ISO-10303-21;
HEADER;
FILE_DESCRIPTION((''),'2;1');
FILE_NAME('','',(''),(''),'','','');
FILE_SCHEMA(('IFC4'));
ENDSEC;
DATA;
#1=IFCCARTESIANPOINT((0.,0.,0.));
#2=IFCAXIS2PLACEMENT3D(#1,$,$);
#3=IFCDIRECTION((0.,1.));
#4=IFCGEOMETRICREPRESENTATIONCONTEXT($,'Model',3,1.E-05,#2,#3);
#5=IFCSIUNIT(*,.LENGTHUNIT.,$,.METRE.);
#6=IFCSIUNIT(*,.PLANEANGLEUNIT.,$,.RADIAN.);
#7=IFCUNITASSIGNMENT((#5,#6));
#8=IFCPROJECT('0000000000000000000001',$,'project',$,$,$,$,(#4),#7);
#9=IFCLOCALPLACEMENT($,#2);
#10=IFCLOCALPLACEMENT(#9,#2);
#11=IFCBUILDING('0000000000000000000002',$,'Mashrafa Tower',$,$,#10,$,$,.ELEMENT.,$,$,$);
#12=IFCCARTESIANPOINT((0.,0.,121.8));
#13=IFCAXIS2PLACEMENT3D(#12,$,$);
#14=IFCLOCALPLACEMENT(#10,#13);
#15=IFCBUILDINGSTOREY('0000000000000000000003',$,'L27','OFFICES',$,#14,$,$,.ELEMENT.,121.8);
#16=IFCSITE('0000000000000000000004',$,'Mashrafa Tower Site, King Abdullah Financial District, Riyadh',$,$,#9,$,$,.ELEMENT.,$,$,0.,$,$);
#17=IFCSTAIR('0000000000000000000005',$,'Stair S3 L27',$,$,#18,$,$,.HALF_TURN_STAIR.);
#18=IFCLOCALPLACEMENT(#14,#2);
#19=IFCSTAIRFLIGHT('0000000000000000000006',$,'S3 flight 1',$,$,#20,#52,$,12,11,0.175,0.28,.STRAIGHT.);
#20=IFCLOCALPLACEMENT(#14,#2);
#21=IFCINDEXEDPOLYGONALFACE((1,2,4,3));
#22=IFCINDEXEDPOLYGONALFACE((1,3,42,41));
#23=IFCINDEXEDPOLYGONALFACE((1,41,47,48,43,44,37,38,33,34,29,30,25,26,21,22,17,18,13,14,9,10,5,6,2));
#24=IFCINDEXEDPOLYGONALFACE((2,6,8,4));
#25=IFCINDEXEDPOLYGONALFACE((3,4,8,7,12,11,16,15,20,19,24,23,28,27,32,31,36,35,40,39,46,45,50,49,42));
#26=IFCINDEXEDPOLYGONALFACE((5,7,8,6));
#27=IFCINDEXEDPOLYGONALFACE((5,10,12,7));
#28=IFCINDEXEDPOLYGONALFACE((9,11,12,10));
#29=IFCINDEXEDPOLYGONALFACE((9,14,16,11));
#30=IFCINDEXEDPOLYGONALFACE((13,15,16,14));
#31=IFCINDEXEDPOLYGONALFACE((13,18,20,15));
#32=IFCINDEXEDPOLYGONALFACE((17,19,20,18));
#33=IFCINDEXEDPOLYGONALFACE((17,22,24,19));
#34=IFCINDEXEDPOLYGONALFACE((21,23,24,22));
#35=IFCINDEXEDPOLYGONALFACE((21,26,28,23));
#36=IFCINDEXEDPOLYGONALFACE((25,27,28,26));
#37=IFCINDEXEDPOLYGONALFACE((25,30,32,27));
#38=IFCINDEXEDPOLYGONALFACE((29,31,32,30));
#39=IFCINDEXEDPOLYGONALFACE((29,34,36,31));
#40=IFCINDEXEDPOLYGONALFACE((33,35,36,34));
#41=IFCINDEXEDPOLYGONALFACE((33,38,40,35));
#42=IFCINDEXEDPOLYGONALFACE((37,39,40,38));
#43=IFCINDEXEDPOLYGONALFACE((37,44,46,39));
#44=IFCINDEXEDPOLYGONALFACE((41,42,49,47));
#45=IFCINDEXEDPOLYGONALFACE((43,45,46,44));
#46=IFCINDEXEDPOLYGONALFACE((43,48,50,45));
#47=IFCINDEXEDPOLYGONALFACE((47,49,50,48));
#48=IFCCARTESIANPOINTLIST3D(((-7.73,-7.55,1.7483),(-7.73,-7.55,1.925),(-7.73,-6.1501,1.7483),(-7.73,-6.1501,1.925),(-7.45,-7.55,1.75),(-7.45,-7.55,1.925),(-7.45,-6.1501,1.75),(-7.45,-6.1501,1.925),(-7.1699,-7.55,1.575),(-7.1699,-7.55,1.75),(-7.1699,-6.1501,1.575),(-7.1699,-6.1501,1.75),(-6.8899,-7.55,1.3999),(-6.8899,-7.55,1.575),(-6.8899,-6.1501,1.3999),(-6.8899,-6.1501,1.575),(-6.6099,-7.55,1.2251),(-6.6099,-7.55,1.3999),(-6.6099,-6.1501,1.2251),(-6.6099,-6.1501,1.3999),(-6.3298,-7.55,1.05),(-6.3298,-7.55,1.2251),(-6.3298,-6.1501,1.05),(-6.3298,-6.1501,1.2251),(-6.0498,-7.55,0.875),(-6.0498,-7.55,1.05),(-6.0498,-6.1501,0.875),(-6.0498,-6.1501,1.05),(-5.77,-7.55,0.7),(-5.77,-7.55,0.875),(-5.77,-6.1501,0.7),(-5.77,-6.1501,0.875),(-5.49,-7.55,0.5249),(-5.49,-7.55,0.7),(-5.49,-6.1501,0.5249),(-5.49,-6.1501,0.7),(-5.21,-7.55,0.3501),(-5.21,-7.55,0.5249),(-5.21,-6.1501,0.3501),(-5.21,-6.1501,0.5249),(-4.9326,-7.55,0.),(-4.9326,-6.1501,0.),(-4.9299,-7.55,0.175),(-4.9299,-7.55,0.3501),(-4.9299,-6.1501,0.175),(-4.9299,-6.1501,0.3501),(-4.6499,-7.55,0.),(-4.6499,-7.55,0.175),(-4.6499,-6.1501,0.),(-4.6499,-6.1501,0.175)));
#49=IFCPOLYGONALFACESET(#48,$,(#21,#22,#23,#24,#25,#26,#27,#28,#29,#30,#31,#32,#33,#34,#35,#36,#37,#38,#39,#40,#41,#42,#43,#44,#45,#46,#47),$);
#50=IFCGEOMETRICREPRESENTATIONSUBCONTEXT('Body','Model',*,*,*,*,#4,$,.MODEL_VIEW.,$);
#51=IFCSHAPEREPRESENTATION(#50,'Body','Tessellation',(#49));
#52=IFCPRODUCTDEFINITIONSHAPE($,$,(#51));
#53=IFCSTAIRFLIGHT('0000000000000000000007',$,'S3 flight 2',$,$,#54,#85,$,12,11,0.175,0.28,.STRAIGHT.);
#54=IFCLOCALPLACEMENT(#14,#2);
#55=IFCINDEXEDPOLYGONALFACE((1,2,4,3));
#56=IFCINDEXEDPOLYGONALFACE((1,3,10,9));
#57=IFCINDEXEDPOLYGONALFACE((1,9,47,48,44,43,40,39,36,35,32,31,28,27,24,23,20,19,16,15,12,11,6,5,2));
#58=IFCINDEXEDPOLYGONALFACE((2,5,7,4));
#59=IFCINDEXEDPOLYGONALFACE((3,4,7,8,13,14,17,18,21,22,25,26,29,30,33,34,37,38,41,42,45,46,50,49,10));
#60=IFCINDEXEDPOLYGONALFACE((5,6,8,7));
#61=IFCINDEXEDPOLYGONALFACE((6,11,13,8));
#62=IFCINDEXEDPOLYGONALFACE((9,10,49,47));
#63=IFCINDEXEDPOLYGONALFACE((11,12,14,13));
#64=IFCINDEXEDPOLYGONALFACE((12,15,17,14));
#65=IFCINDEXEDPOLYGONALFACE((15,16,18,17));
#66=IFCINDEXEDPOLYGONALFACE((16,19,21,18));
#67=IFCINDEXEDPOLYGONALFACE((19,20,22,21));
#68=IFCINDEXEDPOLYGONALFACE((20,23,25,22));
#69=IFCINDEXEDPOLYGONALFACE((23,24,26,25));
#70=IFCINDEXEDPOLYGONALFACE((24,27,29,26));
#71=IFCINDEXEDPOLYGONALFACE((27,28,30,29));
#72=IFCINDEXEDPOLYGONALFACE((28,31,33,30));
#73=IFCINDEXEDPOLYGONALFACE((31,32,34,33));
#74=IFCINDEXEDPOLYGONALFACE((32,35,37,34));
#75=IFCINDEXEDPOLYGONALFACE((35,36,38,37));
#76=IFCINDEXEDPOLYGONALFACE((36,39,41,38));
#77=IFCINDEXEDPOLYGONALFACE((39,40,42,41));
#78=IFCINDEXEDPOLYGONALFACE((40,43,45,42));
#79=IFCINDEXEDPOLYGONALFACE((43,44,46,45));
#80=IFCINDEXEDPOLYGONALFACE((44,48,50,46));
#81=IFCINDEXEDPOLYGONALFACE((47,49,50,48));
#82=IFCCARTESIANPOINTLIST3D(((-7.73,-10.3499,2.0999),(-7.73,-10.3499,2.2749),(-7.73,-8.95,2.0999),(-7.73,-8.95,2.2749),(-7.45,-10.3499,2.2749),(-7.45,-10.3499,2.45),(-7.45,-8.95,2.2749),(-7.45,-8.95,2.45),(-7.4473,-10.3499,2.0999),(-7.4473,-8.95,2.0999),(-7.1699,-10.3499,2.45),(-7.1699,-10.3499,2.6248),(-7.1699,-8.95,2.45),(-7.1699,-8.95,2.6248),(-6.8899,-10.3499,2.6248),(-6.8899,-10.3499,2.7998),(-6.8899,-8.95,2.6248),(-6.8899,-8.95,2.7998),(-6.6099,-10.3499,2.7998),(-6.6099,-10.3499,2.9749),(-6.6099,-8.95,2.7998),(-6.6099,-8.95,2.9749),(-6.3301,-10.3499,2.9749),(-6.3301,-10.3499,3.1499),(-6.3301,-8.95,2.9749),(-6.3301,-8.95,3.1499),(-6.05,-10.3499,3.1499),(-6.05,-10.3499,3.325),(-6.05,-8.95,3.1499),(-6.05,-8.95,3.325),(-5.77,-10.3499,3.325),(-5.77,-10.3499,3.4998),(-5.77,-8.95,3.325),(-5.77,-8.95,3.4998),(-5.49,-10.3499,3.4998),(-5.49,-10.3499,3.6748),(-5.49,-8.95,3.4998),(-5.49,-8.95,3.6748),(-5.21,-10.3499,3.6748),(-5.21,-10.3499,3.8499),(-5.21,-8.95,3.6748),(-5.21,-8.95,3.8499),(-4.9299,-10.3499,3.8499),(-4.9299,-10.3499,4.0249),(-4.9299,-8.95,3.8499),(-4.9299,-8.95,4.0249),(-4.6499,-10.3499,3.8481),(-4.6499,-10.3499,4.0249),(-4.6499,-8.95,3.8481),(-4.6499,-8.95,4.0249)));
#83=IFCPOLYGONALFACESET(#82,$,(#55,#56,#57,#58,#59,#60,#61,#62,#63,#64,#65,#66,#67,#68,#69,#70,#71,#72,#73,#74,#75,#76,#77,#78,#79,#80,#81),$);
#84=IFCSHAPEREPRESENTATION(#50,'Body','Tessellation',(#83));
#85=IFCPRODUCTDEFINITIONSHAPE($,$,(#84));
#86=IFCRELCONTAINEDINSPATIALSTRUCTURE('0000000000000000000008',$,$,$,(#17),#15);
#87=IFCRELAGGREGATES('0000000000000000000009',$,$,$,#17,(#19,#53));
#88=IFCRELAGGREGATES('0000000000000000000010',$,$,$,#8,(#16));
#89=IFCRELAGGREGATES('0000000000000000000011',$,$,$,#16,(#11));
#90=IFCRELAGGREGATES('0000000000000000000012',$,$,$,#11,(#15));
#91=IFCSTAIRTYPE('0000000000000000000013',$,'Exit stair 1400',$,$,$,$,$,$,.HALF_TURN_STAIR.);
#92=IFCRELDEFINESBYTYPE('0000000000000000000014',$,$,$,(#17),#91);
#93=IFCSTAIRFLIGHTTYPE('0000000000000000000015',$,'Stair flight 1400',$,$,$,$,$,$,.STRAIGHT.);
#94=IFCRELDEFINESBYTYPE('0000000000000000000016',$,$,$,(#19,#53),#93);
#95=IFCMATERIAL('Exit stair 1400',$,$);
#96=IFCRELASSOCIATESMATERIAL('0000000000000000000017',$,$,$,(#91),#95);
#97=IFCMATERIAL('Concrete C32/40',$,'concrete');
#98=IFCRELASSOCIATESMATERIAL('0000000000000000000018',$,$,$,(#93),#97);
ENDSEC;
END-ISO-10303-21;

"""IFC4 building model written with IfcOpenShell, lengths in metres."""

from ifc_helpers import new_model, si_unit, direction, frame, origin, place, context, subcontext, project, spatial, polyline, outline, extrude, material, type_object, element, aggregate, save


model = new_model("IFC4")

# Units and contexts
model_context = context("Model", 3, precision=1e-05, world=origin(), true_north=direction((0.0, 1.0)))
body_context = subcontext(model_context, "Body", "Model", "MODEL_VIEW")
ifc_project = project(units=[si_unit("LENGTHUNIT", "METRE"), si_unit("PLANEANGLEUNIT", "RADIAN")], contexts=[model_context])

# Site, building, storey
site_placement = place(None, origin())
site = spatial("IfcSite", under=ifc_project, at=site_placement, Name="Mashrafa Tower Site, King Abdullah Financial District, Riyadh", CompositionType="ELEMENT", RefElevation=0.0)
building_placement = place(site_placement, origin())
building = spatial("IfcBuilding", under=site, at=building_placement, Name="Mashrafa Tower", CompositionType="ELEMENT")
storey_placement = place(building_placement, frame((0.0, 0.0, 121.8)))
storey = spatial("IfcBuildingStorey", under=building, at=storey_placement, Name="L27", Description="OFFICES", CompositionType="ELEMENT", Elevation=121.8)

# Stair, stair flights
ifc_material_1 = material(Name="Exit stair 1400")
stair_type = type_object("IfcStairType", Name="Exit stair 1400", PredefinedType="HALF_TURN_STAIR", material=ifc_material_1)
stair_placement = place(storey_placement, origin())
stair = element("IfcStair", 1, at=stair_placement, inside=storey, type_object=stair_type, Name="Stair S3 L27", PredefinedType="HALF_TURN_STAIR")
ifc_material_2 = material(Name="Concrete C32/40", Category="concrete")
stair_flight_type = type_object("IfcStairFlightType", Name="Stair flight 1400", PredefinedType="STRAIGHT", material=ifc_material_2)
stair_flight_1_placement = place(storey_placement, frame((-4.6499, -6.8501, 0.0), z_axis=(0.0, 0.0, 1.0), x_axis=(-1.0, 0.0, 0.0)))
stair_flight_1 = element("IfcStairFlight", 2, at=stair_flight_1_placement, type_object=stair_flight_type, Name="S3 flight 1", NumberOfRisers=12, NumberOfTreads=11, PredefinedType="STRAIGHT", RiserHeight=0.175, TreadLength=0.28, context=body_context, shape_type="SweptSolid", body=[
    extrude(outline(polyline([(0.0, 0.0), (0.0, 0.175), (0.28, 0.175), (0.28, 0.3501), (0.5601, 0.3501), (0.5601, 0.5249), (0.8401, 0.5249), (0.8401, 0.7), (1.1201, 0.7), (1.1201, 0.875), (1.3999, 0.875), (1.3999, 1.05), (1.6799, 1.05), (1.6799, 1.2251), (1.96, 1.2251), (1.96, 1.3999), (2.24, 1.3999), (2.24, 1.575), (2.52, 1.575), (2.52, 1.75), (2.8, 1.75), (2.8, 1.925), (3.0801, 1.925), (3.0801, 2.1001), (3.0801, 1.7483), (0.2827, 0.0), (0.0, 0.0)])), frame((0.0, 0.7, 0.0), z_axis=(0.0, -1.0, 0.0), x_axis=(1.0, 0.0, 0.0)), (0.0, 0.0, 1.0), 1.3999),
])
stair_flight_2_placement = place(storey_placement, frame((-7.73, -9.6499, 2.0999), z_axis=(0.0, 0.0, 1.0), x_axis=(1.0, 0.0, 0.0)))
stair_flight_2 = element("IfcStairFlight", 3, at=stair_flight_2_placement, type_object=stair_flight_type, Name="S3 flight 2", NumberOfRisers=12, NumberOfTreads=11, PredefinedType="STRAIGHT", RiserHeight=0.175, TreadLength=0.28, context=body_context, shape_type="SweptSolid", body=[
    extrude(outline(polyline([(0.0, 0.0), (0.0, 0.175), (0.28, 0.175), (0.28, 0.3501), (0.5601, 0.3501), (0.5601, 0.5249), (0.8401, 0.5249), (0.8401, 0.7), (1.1201, 0.7), (1.1201, 0.875), (1.3999, 0.875), (1.3999, 1.05), (1.6799, 1.05), (1.6799, 1.2251), (1.96, 1.2251), (1.96, 1.3999), (2.24, 1.3999), (2.24, 1.575), (2.52, 1.575), (2.52, 1.75), (2.8, 1.75), (2.8, 1.925), (3.0801, 1.925), (3.0801, 2.1001), (3.0801, 1.7483), (0.2827, 0.0), (0.0, 0.0)])), frame((0.0, 0.7, 0.0), z_axis=(0.0, -1.0, 0.0), x_axis=(1.0, 0.0, 0.0)), (0.0, 0.0, 1.0), 1.3999),
])
aggregate(stair, [stair_flight_1, stair_flight_2])

save(model, "model.ifc")
